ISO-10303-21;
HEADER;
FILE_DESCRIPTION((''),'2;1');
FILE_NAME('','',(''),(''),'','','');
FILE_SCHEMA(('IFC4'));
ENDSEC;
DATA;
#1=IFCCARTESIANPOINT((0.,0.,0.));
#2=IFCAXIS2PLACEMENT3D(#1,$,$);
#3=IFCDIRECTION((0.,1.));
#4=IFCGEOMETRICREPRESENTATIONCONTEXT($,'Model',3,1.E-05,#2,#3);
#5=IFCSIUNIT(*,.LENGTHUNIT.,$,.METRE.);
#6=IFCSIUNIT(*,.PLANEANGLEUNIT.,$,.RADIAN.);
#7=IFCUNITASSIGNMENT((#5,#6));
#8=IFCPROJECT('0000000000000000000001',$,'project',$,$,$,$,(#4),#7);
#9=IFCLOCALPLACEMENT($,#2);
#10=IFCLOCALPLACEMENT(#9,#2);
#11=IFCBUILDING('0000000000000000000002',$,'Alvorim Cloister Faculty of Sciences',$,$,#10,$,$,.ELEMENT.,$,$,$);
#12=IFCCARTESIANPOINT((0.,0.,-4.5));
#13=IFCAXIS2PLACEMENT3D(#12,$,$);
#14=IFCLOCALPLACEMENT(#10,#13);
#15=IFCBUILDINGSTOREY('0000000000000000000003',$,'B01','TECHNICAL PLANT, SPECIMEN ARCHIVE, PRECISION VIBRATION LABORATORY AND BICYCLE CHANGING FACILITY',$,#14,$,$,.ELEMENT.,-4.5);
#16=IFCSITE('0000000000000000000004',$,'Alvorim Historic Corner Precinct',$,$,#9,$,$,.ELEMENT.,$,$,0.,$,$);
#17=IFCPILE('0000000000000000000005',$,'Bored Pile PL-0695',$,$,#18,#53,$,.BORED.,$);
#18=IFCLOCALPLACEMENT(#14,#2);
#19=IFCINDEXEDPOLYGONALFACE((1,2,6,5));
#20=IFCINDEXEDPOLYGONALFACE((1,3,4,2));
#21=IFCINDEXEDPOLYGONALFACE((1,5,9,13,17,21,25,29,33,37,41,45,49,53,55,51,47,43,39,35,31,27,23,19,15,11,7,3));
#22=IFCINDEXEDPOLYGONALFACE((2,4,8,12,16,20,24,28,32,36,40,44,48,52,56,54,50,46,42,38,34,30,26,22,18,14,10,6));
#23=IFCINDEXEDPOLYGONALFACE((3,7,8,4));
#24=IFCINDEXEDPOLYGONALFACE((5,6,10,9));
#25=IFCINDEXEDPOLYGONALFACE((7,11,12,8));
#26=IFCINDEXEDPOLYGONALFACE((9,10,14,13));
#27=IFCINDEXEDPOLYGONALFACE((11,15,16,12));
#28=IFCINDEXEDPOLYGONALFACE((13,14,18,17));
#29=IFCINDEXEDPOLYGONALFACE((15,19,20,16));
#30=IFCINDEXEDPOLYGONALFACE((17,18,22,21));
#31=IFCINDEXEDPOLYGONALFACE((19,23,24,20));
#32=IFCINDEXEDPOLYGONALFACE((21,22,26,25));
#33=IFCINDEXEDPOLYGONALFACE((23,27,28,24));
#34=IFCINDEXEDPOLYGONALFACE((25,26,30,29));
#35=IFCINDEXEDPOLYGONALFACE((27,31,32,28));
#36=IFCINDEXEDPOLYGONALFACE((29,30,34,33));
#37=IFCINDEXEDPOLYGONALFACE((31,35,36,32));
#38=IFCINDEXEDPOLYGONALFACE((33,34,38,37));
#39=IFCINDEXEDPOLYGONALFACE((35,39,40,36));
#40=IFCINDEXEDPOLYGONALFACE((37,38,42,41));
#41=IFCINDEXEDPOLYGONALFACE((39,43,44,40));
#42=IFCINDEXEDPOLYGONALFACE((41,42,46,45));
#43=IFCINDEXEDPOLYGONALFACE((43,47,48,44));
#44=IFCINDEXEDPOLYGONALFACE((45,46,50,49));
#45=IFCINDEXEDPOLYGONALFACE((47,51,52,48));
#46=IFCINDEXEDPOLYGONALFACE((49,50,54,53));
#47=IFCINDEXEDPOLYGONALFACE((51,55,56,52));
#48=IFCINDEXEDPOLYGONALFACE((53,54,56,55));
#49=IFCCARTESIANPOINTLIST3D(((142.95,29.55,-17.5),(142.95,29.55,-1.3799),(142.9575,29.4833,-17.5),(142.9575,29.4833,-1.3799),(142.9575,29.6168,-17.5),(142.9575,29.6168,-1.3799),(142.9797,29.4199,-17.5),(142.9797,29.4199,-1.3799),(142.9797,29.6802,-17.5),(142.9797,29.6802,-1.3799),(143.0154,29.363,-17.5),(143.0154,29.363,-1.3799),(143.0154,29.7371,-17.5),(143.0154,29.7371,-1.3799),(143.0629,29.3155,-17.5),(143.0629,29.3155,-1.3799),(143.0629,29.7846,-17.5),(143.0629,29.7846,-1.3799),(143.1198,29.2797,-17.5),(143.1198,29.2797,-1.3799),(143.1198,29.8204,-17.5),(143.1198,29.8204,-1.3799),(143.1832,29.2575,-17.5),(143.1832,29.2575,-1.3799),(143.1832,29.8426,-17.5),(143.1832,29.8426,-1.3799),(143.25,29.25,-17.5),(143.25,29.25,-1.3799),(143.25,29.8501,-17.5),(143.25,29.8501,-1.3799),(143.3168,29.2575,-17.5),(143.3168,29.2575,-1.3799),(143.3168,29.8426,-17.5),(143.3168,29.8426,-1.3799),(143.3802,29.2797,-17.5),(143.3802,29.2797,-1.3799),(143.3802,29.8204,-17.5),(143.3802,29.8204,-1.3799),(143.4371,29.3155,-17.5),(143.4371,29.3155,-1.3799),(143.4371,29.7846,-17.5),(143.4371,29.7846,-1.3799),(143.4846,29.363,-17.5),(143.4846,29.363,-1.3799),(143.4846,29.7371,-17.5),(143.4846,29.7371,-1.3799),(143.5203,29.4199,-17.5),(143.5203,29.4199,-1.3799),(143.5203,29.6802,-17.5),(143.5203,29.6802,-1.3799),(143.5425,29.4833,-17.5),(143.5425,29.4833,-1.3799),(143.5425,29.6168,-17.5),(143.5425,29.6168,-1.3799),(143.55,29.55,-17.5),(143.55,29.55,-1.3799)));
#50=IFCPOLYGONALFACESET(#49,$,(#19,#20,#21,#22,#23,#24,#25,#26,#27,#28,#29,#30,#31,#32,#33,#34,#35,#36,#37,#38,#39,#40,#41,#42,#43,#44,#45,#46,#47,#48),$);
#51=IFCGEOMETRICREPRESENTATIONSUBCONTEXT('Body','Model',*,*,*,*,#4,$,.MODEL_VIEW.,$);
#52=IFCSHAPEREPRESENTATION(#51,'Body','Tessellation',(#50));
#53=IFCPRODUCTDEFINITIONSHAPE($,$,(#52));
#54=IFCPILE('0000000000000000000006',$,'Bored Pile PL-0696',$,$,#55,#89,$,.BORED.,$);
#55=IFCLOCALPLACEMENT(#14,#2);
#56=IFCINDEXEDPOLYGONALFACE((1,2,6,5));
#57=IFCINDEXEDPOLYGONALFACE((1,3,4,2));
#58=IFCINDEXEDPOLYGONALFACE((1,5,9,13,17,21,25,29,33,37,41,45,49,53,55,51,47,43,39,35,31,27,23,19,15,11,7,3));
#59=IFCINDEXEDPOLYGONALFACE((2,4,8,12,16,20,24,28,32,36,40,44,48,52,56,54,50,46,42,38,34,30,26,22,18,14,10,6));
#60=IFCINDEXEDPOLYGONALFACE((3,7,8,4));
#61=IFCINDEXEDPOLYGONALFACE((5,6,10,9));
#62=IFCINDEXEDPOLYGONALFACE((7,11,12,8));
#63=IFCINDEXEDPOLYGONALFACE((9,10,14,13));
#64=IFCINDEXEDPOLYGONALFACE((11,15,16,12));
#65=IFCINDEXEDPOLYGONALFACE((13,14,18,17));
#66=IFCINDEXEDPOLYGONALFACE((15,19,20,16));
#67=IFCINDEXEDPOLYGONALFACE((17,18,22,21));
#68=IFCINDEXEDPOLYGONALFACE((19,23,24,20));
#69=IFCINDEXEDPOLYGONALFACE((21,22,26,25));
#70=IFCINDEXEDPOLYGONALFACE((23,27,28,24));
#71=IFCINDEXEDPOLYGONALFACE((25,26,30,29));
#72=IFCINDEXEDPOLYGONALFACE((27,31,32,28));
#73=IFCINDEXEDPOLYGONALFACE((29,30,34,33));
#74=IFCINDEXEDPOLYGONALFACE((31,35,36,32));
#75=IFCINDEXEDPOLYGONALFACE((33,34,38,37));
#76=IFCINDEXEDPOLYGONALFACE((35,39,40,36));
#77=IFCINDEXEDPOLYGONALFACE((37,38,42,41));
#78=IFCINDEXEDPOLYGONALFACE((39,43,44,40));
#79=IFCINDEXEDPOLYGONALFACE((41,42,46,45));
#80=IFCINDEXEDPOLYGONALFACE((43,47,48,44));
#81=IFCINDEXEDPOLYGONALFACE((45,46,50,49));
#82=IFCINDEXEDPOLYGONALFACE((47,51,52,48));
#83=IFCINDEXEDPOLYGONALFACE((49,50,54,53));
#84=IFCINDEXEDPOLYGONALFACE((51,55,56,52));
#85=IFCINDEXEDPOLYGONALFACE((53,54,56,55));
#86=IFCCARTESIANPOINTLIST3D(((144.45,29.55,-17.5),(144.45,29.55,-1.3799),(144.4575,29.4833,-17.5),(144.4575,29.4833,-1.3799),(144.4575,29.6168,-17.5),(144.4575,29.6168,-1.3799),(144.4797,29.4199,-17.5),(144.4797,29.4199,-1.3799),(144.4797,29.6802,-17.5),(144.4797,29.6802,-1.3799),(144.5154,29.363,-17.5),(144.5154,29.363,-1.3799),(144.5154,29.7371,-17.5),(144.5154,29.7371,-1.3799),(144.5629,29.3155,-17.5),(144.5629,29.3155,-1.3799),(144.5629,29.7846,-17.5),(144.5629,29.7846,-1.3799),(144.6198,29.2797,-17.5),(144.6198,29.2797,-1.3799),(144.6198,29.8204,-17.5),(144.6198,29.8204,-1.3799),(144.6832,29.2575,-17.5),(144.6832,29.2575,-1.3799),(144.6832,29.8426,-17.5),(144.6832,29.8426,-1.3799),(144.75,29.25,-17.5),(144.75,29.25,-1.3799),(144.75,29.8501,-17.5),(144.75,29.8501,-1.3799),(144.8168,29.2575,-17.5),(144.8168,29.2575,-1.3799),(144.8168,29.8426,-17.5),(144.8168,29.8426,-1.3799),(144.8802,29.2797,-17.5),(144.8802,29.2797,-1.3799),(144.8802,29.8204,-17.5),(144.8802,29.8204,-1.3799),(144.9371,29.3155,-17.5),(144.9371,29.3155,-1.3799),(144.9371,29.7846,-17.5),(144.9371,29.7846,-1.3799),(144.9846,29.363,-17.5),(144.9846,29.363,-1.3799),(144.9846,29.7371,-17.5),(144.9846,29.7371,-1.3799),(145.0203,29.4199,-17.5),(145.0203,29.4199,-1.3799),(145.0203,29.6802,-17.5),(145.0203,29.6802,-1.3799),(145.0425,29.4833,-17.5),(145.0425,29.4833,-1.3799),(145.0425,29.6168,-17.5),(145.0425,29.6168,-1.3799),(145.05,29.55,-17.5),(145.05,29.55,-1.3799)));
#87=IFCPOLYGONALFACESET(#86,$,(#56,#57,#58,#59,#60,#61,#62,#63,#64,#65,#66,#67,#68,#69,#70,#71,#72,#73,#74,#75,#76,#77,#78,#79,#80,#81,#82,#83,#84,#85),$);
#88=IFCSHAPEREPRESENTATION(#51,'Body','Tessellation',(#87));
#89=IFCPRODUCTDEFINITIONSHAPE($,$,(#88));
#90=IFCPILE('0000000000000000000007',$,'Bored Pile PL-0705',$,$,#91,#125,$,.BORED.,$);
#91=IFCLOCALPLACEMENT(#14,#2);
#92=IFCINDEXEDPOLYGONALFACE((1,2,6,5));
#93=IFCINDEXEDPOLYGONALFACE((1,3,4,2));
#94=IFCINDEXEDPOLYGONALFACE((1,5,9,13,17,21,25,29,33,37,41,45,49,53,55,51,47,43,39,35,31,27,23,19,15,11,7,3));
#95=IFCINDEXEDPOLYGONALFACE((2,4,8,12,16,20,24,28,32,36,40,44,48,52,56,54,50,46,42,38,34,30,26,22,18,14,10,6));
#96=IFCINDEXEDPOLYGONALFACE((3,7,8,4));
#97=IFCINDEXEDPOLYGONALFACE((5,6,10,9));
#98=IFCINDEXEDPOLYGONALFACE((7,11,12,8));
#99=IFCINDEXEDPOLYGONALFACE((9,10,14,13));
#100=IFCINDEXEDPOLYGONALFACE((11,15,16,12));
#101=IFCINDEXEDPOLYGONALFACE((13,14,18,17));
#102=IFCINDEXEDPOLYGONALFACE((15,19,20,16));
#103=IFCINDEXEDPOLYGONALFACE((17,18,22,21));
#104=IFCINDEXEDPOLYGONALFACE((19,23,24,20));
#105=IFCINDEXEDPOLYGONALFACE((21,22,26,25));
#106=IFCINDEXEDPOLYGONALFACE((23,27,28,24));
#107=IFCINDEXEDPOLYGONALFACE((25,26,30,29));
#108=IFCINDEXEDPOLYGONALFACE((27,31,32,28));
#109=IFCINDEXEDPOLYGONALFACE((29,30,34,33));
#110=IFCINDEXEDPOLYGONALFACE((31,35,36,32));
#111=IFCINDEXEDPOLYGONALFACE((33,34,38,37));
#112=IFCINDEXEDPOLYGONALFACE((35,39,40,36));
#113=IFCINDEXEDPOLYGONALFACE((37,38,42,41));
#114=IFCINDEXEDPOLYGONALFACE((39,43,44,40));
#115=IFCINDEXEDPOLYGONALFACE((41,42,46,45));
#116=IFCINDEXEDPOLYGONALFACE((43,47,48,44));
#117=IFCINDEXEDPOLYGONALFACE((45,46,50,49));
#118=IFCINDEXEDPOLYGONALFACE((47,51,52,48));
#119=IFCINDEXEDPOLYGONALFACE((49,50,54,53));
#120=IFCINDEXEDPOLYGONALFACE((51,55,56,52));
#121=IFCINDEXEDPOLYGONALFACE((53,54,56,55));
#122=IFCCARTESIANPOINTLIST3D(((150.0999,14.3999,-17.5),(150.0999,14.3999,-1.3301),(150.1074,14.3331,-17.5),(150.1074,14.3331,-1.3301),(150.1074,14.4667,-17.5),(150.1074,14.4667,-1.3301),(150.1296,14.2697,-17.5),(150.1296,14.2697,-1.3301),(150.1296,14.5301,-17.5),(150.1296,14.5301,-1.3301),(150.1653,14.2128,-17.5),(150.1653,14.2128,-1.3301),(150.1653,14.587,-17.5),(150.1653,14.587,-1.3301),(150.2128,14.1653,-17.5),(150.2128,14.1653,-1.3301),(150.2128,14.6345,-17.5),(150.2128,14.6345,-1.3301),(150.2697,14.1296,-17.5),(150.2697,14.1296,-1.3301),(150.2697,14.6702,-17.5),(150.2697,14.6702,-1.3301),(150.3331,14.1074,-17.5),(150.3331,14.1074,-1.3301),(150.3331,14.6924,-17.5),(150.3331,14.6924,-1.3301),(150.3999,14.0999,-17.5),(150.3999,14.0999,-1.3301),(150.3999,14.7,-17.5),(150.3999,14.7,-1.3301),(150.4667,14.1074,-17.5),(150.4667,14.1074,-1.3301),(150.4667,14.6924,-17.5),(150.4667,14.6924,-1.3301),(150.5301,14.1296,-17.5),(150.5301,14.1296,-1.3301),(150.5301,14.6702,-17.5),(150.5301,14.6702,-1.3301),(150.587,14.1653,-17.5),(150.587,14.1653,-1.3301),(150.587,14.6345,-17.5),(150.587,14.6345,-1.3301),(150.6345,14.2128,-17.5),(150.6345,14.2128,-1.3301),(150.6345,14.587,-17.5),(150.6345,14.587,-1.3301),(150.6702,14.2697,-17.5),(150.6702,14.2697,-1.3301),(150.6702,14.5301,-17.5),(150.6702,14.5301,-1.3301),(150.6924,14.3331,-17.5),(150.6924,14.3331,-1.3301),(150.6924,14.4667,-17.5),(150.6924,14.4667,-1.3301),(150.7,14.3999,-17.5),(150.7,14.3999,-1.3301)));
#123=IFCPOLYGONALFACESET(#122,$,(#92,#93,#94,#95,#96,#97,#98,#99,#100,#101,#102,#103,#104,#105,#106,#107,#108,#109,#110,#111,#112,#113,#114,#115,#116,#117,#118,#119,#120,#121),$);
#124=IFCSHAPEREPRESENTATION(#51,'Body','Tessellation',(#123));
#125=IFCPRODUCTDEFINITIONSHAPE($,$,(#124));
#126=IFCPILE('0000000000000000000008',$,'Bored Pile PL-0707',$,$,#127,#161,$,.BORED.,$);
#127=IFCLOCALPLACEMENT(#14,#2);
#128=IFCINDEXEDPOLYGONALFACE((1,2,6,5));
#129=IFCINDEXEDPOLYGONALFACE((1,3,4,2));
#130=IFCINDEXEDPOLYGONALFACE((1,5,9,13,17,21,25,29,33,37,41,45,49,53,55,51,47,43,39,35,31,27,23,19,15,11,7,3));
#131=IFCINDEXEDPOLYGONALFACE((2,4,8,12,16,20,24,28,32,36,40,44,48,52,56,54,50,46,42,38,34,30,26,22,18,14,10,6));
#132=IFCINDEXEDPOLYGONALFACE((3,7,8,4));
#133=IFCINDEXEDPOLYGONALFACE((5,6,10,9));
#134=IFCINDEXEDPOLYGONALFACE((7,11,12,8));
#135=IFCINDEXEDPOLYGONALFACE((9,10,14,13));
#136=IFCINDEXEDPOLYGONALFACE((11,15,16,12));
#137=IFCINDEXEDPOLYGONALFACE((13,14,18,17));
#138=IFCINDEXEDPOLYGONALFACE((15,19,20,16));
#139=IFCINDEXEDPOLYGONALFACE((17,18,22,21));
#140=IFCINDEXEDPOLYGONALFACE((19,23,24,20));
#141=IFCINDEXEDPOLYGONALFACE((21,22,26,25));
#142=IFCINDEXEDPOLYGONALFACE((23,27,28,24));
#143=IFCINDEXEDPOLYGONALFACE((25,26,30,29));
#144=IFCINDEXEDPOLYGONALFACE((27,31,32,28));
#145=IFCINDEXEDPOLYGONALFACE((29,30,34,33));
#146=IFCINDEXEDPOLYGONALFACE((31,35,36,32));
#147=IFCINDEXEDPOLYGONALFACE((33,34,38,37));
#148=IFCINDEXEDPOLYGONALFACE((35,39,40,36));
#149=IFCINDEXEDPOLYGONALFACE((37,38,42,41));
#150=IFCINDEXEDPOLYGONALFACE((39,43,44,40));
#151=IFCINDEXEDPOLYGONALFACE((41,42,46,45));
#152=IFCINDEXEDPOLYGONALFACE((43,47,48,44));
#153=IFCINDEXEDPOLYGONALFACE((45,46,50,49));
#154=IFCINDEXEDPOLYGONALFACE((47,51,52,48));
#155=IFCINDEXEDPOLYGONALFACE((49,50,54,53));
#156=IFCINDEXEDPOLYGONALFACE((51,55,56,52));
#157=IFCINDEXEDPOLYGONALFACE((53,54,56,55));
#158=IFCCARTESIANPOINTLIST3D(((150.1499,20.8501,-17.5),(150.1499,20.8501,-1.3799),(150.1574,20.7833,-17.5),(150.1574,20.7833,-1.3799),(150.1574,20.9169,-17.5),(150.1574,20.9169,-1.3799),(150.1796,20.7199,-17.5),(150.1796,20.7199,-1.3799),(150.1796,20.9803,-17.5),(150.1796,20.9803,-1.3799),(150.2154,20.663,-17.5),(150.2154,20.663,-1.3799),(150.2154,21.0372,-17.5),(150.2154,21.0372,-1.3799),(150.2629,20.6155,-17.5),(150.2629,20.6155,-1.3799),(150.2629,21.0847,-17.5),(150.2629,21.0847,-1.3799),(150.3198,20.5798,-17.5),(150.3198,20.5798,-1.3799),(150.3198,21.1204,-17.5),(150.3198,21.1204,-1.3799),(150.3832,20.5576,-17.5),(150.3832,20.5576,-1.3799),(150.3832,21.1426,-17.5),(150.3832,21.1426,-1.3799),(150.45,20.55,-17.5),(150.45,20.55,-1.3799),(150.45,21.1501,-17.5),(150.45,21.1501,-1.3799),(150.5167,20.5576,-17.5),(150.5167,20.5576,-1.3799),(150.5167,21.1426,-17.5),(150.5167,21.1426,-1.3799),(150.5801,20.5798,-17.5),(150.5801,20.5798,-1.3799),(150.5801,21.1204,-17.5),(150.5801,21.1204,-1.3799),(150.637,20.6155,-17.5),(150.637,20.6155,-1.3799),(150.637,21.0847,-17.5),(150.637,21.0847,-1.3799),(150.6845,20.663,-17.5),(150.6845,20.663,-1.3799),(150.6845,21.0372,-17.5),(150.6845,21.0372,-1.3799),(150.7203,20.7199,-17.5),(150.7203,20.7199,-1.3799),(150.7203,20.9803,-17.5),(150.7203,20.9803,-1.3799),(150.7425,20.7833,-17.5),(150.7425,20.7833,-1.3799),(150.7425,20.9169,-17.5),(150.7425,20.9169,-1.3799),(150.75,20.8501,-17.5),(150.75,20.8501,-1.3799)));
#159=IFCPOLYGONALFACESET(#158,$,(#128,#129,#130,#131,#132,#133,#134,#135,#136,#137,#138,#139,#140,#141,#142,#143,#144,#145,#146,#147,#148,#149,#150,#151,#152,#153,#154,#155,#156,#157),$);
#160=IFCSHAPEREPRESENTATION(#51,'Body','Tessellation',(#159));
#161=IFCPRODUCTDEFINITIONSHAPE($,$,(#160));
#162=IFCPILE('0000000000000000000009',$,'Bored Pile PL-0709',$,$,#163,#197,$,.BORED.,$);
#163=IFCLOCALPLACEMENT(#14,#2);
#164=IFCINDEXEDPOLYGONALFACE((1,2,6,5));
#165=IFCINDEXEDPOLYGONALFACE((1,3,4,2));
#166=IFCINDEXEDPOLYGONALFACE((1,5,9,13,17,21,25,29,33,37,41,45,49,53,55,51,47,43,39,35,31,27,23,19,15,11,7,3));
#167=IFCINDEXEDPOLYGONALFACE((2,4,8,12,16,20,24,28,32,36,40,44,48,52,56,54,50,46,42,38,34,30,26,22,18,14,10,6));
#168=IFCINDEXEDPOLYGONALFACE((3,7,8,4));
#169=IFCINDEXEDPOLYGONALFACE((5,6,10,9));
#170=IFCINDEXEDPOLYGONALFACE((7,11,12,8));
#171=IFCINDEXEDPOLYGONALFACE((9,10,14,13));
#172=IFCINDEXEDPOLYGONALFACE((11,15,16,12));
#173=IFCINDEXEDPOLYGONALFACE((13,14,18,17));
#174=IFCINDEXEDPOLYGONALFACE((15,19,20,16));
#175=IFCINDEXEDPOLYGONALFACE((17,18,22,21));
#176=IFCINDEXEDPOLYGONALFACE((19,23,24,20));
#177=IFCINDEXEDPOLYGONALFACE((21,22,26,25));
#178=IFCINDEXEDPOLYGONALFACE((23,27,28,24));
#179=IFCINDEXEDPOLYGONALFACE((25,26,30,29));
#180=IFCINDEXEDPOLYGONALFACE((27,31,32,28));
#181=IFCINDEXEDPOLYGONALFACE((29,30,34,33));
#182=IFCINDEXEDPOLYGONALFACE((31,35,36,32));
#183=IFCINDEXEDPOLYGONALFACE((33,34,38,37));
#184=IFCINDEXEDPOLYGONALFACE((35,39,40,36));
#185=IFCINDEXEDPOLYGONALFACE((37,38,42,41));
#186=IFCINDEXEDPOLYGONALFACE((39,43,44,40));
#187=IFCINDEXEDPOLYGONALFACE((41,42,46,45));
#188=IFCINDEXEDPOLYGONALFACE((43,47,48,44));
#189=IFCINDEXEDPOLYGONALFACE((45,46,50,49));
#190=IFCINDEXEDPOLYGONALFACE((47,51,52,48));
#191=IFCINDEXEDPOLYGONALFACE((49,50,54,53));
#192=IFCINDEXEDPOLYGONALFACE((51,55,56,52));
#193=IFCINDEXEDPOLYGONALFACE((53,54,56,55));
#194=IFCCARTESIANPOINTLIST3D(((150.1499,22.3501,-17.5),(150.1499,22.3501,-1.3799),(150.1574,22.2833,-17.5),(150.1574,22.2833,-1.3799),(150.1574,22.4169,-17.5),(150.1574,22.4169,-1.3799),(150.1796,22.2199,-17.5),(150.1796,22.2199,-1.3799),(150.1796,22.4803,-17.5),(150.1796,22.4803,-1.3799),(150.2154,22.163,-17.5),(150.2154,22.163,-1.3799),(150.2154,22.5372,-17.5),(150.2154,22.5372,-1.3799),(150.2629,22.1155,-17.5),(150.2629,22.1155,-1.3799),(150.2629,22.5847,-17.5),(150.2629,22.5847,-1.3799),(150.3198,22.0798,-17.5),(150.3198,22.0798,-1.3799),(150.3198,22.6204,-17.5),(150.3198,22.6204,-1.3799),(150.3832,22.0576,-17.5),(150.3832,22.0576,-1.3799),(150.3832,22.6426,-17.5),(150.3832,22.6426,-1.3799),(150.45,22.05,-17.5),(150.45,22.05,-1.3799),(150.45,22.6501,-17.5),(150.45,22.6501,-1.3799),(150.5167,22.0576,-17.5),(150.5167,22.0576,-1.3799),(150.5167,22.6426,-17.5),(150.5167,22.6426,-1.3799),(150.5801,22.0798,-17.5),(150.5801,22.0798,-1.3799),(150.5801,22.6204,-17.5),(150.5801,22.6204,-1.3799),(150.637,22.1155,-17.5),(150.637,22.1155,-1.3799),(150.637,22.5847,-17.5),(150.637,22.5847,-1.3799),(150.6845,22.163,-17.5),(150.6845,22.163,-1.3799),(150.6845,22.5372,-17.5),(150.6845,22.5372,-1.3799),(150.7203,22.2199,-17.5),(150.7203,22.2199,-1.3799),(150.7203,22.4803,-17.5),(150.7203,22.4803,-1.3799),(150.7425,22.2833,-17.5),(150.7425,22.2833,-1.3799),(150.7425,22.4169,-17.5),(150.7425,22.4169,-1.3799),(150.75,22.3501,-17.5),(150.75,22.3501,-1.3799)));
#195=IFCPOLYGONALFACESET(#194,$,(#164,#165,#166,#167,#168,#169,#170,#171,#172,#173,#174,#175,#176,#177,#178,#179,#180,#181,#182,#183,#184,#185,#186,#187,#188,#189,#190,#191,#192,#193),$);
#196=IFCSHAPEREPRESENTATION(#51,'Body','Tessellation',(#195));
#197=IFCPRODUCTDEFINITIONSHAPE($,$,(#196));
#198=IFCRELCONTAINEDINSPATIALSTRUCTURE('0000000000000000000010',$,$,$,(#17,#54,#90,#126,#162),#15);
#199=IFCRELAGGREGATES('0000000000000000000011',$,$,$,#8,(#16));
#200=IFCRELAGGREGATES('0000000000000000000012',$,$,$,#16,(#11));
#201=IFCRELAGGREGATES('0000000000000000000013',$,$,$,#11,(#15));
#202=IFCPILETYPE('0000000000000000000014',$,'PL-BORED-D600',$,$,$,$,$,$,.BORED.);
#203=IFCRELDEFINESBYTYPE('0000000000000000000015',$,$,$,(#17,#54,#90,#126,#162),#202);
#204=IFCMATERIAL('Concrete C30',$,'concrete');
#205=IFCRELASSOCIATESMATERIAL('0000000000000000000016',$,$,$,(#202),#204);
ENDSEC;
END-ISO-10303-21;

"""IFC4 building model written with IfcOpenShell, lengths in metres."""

from ifc_helpers import new_model, si_unit, direction, frame, origin, origin_2d, place, context, subcontext, project, spatial, circle, extrude, material, material_profile, profile_set, type_object, element, save


model = new_model("IFC4")

# Units and contexts
model_context = context("Model", 3, precision=1e-05, world=origin(), true_north=direction((0.0, 1.0)))
body_context = subcontext(model_context, "Body", "Model", "MODEL_VIEW")
ifc_project = project(units=[si_unit("LENGTHUNIT", "METRE"), si_unit("PLANEANGLEUNIT", "RADIAN")], contexts=[model_context])

# Site, building, storey
site_placement = place(None, origin())
site = spatial("IfcSite", under=ifc_project, at=site_placement, Name="Alvorim Historic Corner Precinct", CompositionType="ELEMENT", RefElevation=0.0)
building_placement = place(site_placement, origin())
building = spatial("IfcBuilding", under=site, at=building_placement, Name="Alvorim Cloister Faculty of Sciences", CompositionType="ELEMENT")
storey_placement = place(building_placement, frame((0.0, 0.0, -4.5)))
storey = spatial("IfcBuildingStorey", under=building, at=storey_placement, Name="B01", Description="TECHNICAL PLANT, SPECIMEN ARCHIVE, PRECISION VIBRATION LABORATORY AND BICYCLE CHANGING FACILITY", CompositionType="ELEMENT", Elevation=-4.5)

# Piles
ifc_material_1 = material(Name="Concrete C30", Category="concrete")
ifc_material_profile_1 = material_profile(ifc_material_1, circle(Radius=0.3, at=origin_2d()), Name="PILE-D600")
ifc_profile_set_1 = profile_set([ifc_material_profile_1], Name="Concrete C30")
pile_type = type_object("IfcPileType", Name="PL-BORED-D600", PredefinedType="BORED", material=ifc_profile_set_1)
for number, where, z_axis, x_axis, name in (
    (1, (143.25, 29.55, -1.3799), (0.0, 0.0, -1.0), (1.0, 0.0, 0.0), "Bored Pile PL-0695"),
    (2, (144.75, 29.55, -1.3799), (0.0, 0.0, -1.0), (1.0, 0.0, 0.0), "Bored Pile PL-0696"),
):
    element("IfcPile", number, at=place(storey_placement, frame(where, z_axis=z_axis, x_axis=x_axis)), inside=storey, type_object=pile_type, Name=name, PredefinedType="BORED", context=body_context, shape_type="SweptSolid", body=[
        extrude(circle(Radius=0.3, at=origin_2d()), origin(), (0.0, 0.0, 1.0), 16.1201),
    ])
pile_1_placement = place(storey_placement, frame((150.3999, 14.3999, -1.3301), z_axis=(0.0, 0.0, -1.0), x_axis=(1.0, 0.0, 0.0)))
element("IfcPile", 3, at=pile_1_placement, inside=storey, type_object=pile_type, Name="Bored Pile PL-0705", PredefinedType="BORED", context=body_context, shape_type="SweptSolid", body=[
    extrude(circle(Radius=0.3, at=origin_2d()), origin(), (0.0, 0.0, 1.0), 16.1699),
])
for number, where, z_axis, x_axis, name in (
    (4, (150.45, 20.8501, -1.3799), (0.0, 0.0, -1.0), (1.0, 0.0, 0.0), "Bored Pile PL-0707"),
    (5, (150.45, 22.3501, -1.3799), (0.0, 0.0, -1.0), (1.0, 0.0, 0.0), "Bored Pile PL-0709"),
):
    element("IfcPile", number, at=place(storey_placement, frame(where, z_axis=z_axis, x_axis=x_axis)), inside=storey, type_object=pile_type, Name=name, PredefinedType="BORED", context=body_context, shape_type="SweptSolid", body=[
        extrude(circle(Radius=0.3, at=origin_2d()), origin(), (0.0, 0.0, 1.0), 16.1201),
    ])

save(model, "model.ifc")
